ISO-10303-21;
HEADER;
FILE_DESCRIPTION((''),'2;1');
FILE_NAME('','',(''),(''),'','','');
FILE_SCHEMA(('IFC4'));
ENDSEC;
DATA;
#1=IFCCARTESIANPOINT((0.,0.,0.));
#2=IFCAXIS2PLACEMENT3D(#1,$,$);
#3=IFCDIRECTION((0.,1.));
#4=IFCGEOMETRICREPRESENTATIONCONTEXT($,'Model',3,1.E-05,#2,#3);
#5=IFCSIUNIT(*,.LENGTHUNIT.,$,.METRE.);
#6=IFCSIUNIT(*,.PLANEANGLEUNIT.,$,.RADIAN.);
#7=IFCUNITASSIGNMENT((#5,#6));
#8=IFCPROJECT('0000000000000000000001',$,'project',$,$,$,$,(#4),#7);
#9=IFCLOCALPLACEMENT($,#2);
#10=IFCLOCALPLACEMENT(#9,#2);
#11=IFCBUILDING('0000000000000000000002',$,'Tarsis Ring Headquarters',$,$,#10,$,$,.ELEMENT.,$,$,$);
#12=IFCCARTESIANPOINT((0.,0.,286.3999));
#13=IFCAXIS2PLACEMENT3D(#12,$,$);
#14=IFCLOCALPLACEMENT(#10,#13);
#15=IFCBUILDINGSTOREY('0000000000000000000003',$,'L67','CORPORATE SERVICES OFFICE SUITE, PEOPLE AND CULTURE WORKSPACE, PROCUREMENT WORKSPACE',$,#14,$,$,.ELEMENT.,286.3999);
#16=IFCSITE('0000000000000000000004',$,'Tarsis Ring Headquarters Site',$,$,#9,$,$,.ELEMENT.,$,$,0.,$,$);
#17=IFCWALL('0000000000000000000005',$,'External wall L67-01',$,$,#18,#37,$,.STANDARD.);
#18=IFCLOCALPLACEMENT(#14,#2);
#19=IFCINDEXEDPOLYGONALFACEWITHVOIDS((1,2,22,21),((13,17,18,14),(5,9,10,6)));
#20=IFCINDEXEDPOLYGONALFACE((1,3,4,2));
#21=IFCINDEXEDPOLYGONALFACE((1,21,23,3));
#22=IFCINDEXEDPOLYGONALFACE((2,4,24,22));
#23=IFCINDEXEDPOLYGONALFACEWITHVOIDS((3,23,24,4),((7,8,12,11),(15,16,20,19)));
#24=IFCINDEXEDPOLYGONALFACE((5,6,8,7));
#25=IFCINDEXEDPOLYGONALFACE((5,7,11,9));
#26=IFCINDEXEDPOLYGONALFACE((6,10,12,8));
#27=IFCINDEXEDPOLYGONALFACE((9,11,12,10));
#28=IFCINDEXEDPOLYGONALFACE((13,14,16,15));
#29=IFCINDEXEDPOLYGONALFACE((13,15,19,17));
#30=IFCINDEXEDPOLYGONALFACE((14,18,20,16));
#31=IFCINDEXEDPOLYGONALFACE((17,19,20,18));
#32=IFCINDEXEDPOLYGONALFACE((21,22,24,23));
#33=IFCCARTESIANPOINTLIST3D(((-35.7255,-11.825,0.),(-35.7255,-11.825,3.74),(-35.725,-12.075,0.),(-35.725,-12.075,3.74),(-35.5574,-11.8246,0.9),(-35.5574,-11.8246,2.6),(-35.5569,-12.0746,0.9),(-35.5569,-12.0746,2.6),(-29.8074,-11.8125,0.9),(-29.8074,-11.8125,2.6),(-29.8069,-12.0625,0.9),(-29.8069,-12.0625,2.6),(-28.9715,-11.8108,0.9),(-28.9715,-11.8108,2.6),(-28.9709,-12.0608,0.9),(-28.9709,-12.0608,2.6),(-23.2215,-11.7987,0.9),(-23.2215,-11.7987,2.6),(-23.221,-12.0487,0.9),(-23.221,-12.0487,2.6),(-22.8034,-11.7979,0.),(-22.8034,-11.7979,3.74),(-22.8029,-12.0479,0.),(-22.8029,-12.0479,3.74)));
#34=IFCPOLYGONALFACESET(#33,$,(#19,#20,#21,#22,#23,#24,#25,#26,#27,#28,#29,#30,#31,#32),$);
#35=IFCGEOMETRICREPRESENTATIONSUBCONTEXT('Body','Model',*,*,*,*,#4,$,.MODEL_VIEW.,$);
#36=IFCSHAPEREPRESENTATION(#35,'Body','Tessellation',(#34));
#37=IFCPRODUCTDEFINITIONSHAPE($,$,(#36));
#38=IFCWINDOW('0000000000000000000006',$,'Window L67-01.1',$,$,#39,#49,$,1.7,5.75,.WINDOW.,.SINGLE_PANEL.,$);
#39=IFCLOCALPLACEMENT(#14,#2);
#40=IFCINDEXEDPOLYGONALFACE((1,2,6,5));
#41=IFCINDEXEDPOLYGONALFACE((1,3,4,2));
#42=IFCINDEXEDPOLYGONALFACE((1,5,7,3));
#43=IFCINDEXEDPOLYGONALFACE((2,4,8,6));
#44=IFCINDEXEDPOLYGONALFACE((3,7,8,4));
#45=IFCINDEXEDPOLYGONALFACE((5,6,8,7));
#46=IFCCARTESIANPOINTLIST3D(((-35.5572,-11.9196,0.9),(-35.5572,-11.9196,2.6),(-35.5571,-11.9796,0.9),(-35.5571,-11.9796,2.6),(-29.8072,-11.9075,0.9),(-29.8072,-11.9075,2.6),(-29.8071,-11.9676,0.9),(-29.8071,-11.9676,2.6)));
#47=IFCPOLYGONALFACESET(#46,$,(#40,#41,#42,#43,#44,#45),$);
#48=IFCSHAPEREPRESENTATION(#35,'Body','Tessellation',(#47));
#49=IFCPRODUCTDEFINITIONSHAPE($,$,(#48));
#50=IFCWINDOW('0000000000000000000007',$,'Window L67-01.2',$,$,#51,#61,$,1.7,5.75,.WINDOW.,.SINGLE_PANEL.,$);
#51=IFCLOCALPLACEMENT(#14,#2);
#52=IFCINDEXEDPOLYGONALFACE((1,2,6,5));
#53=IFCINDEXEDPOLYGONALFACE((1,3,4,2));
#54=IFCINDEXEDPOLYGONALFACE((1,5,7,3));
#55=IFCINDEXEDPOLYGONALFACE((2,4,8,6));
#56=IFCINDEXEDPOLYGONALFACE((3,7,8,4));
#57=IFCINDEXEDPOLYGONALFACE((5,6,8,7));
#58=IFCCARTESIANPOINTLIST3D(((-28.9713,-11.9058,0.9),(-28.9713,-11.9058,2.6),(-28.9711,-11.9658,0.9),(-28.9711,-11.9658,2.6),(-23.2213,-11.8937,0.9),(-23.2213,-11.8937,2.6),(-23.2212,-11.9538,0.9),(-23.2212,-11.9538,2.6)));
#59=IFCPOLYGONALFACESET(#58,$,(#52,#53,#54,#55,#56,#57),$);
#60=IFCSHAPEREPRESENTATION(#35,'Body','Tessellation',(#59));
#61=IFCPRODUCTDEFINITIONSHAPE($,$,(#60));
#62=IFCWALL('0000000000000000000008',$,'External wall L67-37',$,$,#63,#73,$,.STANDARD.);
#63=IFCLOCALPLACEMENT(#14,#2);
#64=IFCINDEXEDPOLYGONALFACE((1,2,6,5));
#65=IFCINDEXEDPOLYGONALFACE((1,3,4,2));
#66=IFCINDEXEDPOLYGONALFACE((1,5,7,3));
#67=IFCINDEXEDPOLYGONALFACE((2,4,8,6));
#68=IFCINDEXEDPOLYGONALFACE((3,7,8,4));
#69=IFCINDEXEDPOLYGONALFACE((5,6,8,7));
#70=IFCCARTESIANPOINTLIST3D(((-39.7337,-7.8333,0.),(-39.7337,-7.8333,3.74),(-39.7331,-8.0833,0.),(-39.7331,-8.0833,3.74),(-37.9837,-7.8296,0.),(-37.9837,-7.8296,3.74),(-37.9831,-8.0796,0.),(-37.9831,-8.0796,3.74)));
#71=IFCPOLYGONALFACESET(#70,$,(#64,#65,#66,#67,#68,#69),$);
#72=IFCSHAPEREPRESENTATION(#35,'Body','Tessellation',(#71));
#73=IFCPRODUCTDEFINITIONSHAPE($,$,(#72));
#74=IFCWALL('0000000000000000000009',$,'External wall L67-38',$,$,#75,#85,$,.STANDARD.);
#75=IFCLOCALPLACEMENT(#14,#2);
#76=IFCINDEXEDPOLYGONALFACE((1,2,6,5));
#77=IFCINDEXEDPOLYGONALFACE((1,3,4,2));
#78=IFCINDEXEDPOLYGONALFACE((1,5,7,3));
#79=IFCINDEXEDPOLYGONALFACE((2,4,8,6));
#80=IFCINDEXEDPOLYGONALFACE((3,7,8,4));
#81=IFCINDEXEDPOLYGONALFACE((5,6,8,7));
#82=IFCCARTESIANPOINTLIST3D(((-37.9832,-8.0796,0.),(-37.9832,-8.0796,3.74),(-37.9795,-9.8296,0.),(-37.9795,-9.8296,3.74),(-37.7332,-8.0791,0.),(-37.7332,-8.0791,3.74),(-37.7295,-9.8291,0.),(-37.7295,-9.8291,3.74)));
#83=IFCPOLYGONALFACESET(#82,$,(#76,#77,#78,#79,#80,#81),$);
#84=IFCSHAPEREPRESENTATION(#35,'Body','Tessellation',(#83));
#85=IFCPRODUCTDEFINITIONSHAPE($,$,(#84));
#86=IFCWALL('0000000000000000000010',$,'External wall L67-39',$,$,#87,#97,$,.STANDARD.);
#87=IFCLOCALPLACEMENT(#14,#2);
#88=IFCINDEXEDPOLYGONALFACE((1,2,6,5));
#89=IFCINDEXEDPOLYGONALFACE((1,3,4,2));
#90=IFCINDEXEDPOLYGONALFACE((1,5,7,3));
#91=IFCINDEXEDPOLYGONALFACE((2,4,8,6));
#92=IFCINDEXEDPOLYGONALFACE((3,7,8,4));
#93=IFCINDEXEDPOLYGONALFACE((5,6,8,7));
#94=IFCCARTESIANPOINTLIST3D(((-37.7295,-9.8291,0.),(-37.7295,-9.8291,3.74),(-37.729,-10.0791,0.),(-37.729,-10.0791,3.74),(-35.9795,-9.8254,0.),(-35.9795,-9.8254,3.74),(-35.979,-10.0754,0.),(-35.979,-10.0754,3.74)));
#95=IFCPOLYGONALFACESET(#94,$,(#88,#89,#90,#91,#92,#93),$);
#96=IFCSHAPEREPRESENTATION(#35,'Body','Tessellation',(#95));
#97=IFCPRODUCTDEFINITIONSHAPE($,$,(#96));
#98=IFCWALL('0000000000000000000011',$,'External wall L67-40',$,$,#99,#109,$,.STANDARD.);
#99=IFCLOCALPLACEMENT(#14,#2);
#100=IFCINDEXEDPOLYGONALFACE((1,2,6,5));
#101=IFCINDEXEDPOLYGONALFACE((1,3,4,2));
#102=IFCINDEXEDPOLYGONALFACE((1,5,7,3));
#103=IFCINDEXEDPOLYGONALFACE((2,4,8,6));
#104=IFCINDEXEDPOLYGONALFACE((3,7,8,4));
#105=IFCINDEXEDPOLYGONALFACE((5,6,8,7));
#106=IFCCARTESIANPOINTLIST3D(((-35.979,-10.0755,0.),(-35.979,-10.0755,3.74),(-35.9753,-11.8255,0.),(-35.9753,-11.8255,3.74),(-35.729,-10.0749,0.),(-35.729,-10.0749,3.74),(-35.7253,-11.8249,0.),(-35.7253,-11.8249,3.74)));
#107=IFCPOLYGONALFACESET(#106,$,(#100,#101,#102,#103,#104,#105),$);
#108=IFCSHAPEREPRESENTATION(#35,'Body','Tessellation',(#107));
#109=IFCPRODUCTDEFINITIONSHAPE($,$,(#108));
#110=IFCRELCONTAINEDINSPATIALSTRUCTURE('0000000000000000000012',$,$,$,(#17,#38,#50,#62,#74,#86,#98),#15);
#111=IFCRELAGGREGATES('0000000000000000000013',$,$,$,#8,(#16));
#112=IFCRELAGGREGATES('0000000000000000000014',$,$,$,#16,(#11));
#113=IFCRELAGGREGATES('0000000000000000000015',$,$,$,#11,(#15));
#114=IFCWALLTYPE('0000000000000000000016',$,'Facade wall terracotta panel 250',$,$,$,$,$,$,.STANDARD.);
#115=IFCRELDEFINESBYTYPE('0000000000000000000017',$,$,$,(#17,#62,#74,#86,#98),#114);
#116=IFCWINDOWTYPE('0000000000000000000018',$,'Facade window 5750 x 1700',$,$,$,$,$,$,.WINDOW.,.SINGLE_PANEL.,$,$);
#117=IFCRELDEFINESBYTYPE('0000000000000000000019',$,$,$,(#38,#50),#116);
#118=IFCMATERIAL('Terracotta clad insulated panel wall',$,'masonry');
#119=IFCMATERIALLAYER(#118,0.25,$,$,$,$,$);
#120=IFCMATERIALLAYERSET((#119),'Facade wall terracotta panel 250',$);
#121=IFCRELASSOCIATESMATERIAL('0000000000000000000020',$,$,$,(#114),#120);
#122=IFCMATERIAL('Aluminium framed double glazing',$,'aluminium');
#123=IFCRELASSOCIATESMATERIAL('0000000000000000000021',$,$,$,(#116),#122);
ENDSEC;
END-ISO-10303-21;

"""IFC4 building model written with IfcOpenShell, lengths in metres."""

from ifc_helpers import new_model, si_unit, direction, frame, frame_2d, origin, place, context, subcontext, project, spatial, rectangle, extrude, material, layer, layer_set, type_object, element, fill, save


model = new_model("IFC4")

# Units and contexts
model_context = context("Model", 3, precision=1e-05, world=origin(), true_north=direction((0.0, 1.0)))
body_context = subcontext(model_context, "Body", "Model", "MODEL_VIEW")
ifc_project = project(units=[si_unit("LENGTHUNIT", "METRE"), si_unit("PLANEANGLEUNIT", "RADIAN")], contexts=[model_context])

# Site, building, storey
site_placement = place(None, origin())
site = spatial("IfcSite", under=ifc_project, at=site_placement, Name="Tarsis Ring Headquarters Site", CompositionType="ELEMENT", RefElevation=0.0)
building_placement = place(site_placement, origin())
building = spatial("IfcBuilding", under=site, at=building_placement, Name="Tarsis Ring Headquarters", CompositionType="ELEMENT")
storey_placement = place(building_placement, frame((0.0, 0.0, 286.3999)))
storey = spatial("IfcBuildingStorey", under=building, at=storey_placement, Name="L67", Description="CORPORATE SERVICES OFFICE SUITE, PEOPLE AND CULTURE WORKSPACE, PROCUREMENT WORKSPACE", CompositionType="ELEMENT", Elevation=286.3999)

# Wall, openings, windows
ifc_material_1 = material(Name="Terracotta clad insulated panel wall", Category="masonry")
ifc_layer_1 = layer(ifc_material_1, 0.25)
ifc_layer_set_1 = layer_set([ifc_layer_1], Name="Facade wall terracotta panel 250")
wall_type_1 = type_object("IfcWallType", Name="Facade wall terracotta panel 250", PredefinedType="STANDARD", material=ifc_layer_set_1)
wall_1_placement = place(storey_placement, frame((-35.7251, -11.95, 0.0), z_axis=(0.0, 0.0, 1.0), x_axis=(0.999998, 0.002097, 0.0)))
wall_1 = element("IfcWall", 1, at=wall_1_placement, inside=storey, type_object=wall_type_1, Name="External wall L67-01", PredefinedType="STANDARD", context=body_context, shape_type="SweptSolid", body=[
    extrude(rectangle(XDim=12.9221, YDim=0.25, at=frame_2d((6.4609, 0.0))), origin(), (0.0, 0.0, 1.0), 3.74),
])
opening_1_placement = place(wall_1_placement, frame((0.168, 0.0, 0.8999)))
opening_1 = element("IfcOpeningElement", 2, at=opening_1_placement, cuts=wall_1, PredefinedType="OPENING", context=body_context, shape_type="SweptSolid", body=[
    extrude(rectangle(XDim=5.75, YDim=1.7, at=frame_2d((2.875, 0.8501))), frame((0.0, 0.135, 0.0), z_axis=(0.0, -1.0, 0.0), x_axis=(1.0, 0.0, 0.0)), (0.0, 0.0, 1.0), 0.27),
])
opening_2_placement = place(wall_1_placement, frame((6.7539, 0.0, 0.8999)))
opening_2 = element("IfcOpeningElement", 3, at=opening_2_placement, cuts=wall_1, PredefinedType="OPENING", context=body_context, shape_type="SweptSolid", body=[
    extrude(rectangle(XDim=5.75, YDim=1.7, at=frame_2d((2.875, 0.8501))), frame((0.0, 0.135, 0.0), z_axis=(0.0, -1.0, 0.0), x_axis=(1.0, 0.0, 0.0)), (0.0, 0.0, 1.0), 0.27),
])
ifc_material_2 = material(Name="Aluminium framed double glazing", Category="aluminium")
window_type = type_object("IfcWindowType", Name="Facade window 5750 x 1700", PartitioningType="SINGLE_PANEL", PredefinedType="WINDOW", material=ifc_material_2)
window_1_placement = place(opening_1_placement, origin())
window_1 = element("IfcWindow", 4, at=window_1_placement, inside=storey, type_object=window_type, Name="Window L67-01.1", OverallHeight=1.7, OverallWidth=5.75, PartitioningType="SINGLE_PANEL", PredefinedType="WINDOW", context=body_context, shape_type="SweptSolid", body=[
    extrude(rectangle(XDim=5.75, YDim=1.7, at=frame_2d((2.875, 0.8501))), frame((0.0, 0.03, 0.0), z_axis=(0.0, -1.0, 0.0), x_axis=(1.0, 0.0, 0.0)), (0.0, 0.0, 1.0), 0.0601),
])
fill(opening_1, window_1)
window_2_placement = place(opening_2_placement, origin())
window_2 = element("IfcWindow", 5, at=window_2_placement, inside=storey, type_object=window_type, Name="Window L67-01.2", OverallHeight=1.7, OverallWidth=5.75, PartitioningType="SINGLE_PANEL", PredefinedType="WINDOW", context=body_context, shape_type="SweptSolid", body=[
    extrude(rectangle(XDim=5.75, YDim=1.7, at=frame_2d((2.875, 0.8501))), frame((0.0, 0.03, 0.0), z_axis=(0.0, -1.0, 0.0), x_axis=(1.0, 0.0, 0.0)), (0.0, 0.0, 1.0), 0.0601),
])
fill(opening_2, window_2)

# Walls
for number, where, z_axis, x_axis, name in (
    (6, (-39.7334, -7.9583, 0.0), (0.0, 0.0, 1.0), (0.999998, 0.002093, 0.0), "External wall L67-37"),
    (7, (-37.8582, -8.0793, 0.0), (0.0, 0.0, 1.0), (0.002093, -0.999998, 0.0), "External wall L67-38"),
    (8, (-37.7292, -9.9541, 0.0), (0.0, 0.0, 1.0), (0.999998, 0.002093, 0.0), "External wall L67-39"),
    (9, (-35.854, -10.0752, 0.0), (0.0, 0.0, 1.0), (0.002093, -0.999998, 0.0), "External wall L67-40"),
):
    element("IfcWall", number, at=place(storey_placement, frame(where, z_axis=z_axis, x_axis=x_axis)), inside=storey, type_object=wall_type_1, Name=name, PredefinedType="STANDARD", context=body_context, shape_type="SweptSolid", body=[
        extrude(rectangle(XDim=1.75, YDim=0.25, at=frame_2d((0.875, 0.0))), origin(), (0.0, 0.0, 1.0), 3.74),
    ])

save(model, "model.ifc")
